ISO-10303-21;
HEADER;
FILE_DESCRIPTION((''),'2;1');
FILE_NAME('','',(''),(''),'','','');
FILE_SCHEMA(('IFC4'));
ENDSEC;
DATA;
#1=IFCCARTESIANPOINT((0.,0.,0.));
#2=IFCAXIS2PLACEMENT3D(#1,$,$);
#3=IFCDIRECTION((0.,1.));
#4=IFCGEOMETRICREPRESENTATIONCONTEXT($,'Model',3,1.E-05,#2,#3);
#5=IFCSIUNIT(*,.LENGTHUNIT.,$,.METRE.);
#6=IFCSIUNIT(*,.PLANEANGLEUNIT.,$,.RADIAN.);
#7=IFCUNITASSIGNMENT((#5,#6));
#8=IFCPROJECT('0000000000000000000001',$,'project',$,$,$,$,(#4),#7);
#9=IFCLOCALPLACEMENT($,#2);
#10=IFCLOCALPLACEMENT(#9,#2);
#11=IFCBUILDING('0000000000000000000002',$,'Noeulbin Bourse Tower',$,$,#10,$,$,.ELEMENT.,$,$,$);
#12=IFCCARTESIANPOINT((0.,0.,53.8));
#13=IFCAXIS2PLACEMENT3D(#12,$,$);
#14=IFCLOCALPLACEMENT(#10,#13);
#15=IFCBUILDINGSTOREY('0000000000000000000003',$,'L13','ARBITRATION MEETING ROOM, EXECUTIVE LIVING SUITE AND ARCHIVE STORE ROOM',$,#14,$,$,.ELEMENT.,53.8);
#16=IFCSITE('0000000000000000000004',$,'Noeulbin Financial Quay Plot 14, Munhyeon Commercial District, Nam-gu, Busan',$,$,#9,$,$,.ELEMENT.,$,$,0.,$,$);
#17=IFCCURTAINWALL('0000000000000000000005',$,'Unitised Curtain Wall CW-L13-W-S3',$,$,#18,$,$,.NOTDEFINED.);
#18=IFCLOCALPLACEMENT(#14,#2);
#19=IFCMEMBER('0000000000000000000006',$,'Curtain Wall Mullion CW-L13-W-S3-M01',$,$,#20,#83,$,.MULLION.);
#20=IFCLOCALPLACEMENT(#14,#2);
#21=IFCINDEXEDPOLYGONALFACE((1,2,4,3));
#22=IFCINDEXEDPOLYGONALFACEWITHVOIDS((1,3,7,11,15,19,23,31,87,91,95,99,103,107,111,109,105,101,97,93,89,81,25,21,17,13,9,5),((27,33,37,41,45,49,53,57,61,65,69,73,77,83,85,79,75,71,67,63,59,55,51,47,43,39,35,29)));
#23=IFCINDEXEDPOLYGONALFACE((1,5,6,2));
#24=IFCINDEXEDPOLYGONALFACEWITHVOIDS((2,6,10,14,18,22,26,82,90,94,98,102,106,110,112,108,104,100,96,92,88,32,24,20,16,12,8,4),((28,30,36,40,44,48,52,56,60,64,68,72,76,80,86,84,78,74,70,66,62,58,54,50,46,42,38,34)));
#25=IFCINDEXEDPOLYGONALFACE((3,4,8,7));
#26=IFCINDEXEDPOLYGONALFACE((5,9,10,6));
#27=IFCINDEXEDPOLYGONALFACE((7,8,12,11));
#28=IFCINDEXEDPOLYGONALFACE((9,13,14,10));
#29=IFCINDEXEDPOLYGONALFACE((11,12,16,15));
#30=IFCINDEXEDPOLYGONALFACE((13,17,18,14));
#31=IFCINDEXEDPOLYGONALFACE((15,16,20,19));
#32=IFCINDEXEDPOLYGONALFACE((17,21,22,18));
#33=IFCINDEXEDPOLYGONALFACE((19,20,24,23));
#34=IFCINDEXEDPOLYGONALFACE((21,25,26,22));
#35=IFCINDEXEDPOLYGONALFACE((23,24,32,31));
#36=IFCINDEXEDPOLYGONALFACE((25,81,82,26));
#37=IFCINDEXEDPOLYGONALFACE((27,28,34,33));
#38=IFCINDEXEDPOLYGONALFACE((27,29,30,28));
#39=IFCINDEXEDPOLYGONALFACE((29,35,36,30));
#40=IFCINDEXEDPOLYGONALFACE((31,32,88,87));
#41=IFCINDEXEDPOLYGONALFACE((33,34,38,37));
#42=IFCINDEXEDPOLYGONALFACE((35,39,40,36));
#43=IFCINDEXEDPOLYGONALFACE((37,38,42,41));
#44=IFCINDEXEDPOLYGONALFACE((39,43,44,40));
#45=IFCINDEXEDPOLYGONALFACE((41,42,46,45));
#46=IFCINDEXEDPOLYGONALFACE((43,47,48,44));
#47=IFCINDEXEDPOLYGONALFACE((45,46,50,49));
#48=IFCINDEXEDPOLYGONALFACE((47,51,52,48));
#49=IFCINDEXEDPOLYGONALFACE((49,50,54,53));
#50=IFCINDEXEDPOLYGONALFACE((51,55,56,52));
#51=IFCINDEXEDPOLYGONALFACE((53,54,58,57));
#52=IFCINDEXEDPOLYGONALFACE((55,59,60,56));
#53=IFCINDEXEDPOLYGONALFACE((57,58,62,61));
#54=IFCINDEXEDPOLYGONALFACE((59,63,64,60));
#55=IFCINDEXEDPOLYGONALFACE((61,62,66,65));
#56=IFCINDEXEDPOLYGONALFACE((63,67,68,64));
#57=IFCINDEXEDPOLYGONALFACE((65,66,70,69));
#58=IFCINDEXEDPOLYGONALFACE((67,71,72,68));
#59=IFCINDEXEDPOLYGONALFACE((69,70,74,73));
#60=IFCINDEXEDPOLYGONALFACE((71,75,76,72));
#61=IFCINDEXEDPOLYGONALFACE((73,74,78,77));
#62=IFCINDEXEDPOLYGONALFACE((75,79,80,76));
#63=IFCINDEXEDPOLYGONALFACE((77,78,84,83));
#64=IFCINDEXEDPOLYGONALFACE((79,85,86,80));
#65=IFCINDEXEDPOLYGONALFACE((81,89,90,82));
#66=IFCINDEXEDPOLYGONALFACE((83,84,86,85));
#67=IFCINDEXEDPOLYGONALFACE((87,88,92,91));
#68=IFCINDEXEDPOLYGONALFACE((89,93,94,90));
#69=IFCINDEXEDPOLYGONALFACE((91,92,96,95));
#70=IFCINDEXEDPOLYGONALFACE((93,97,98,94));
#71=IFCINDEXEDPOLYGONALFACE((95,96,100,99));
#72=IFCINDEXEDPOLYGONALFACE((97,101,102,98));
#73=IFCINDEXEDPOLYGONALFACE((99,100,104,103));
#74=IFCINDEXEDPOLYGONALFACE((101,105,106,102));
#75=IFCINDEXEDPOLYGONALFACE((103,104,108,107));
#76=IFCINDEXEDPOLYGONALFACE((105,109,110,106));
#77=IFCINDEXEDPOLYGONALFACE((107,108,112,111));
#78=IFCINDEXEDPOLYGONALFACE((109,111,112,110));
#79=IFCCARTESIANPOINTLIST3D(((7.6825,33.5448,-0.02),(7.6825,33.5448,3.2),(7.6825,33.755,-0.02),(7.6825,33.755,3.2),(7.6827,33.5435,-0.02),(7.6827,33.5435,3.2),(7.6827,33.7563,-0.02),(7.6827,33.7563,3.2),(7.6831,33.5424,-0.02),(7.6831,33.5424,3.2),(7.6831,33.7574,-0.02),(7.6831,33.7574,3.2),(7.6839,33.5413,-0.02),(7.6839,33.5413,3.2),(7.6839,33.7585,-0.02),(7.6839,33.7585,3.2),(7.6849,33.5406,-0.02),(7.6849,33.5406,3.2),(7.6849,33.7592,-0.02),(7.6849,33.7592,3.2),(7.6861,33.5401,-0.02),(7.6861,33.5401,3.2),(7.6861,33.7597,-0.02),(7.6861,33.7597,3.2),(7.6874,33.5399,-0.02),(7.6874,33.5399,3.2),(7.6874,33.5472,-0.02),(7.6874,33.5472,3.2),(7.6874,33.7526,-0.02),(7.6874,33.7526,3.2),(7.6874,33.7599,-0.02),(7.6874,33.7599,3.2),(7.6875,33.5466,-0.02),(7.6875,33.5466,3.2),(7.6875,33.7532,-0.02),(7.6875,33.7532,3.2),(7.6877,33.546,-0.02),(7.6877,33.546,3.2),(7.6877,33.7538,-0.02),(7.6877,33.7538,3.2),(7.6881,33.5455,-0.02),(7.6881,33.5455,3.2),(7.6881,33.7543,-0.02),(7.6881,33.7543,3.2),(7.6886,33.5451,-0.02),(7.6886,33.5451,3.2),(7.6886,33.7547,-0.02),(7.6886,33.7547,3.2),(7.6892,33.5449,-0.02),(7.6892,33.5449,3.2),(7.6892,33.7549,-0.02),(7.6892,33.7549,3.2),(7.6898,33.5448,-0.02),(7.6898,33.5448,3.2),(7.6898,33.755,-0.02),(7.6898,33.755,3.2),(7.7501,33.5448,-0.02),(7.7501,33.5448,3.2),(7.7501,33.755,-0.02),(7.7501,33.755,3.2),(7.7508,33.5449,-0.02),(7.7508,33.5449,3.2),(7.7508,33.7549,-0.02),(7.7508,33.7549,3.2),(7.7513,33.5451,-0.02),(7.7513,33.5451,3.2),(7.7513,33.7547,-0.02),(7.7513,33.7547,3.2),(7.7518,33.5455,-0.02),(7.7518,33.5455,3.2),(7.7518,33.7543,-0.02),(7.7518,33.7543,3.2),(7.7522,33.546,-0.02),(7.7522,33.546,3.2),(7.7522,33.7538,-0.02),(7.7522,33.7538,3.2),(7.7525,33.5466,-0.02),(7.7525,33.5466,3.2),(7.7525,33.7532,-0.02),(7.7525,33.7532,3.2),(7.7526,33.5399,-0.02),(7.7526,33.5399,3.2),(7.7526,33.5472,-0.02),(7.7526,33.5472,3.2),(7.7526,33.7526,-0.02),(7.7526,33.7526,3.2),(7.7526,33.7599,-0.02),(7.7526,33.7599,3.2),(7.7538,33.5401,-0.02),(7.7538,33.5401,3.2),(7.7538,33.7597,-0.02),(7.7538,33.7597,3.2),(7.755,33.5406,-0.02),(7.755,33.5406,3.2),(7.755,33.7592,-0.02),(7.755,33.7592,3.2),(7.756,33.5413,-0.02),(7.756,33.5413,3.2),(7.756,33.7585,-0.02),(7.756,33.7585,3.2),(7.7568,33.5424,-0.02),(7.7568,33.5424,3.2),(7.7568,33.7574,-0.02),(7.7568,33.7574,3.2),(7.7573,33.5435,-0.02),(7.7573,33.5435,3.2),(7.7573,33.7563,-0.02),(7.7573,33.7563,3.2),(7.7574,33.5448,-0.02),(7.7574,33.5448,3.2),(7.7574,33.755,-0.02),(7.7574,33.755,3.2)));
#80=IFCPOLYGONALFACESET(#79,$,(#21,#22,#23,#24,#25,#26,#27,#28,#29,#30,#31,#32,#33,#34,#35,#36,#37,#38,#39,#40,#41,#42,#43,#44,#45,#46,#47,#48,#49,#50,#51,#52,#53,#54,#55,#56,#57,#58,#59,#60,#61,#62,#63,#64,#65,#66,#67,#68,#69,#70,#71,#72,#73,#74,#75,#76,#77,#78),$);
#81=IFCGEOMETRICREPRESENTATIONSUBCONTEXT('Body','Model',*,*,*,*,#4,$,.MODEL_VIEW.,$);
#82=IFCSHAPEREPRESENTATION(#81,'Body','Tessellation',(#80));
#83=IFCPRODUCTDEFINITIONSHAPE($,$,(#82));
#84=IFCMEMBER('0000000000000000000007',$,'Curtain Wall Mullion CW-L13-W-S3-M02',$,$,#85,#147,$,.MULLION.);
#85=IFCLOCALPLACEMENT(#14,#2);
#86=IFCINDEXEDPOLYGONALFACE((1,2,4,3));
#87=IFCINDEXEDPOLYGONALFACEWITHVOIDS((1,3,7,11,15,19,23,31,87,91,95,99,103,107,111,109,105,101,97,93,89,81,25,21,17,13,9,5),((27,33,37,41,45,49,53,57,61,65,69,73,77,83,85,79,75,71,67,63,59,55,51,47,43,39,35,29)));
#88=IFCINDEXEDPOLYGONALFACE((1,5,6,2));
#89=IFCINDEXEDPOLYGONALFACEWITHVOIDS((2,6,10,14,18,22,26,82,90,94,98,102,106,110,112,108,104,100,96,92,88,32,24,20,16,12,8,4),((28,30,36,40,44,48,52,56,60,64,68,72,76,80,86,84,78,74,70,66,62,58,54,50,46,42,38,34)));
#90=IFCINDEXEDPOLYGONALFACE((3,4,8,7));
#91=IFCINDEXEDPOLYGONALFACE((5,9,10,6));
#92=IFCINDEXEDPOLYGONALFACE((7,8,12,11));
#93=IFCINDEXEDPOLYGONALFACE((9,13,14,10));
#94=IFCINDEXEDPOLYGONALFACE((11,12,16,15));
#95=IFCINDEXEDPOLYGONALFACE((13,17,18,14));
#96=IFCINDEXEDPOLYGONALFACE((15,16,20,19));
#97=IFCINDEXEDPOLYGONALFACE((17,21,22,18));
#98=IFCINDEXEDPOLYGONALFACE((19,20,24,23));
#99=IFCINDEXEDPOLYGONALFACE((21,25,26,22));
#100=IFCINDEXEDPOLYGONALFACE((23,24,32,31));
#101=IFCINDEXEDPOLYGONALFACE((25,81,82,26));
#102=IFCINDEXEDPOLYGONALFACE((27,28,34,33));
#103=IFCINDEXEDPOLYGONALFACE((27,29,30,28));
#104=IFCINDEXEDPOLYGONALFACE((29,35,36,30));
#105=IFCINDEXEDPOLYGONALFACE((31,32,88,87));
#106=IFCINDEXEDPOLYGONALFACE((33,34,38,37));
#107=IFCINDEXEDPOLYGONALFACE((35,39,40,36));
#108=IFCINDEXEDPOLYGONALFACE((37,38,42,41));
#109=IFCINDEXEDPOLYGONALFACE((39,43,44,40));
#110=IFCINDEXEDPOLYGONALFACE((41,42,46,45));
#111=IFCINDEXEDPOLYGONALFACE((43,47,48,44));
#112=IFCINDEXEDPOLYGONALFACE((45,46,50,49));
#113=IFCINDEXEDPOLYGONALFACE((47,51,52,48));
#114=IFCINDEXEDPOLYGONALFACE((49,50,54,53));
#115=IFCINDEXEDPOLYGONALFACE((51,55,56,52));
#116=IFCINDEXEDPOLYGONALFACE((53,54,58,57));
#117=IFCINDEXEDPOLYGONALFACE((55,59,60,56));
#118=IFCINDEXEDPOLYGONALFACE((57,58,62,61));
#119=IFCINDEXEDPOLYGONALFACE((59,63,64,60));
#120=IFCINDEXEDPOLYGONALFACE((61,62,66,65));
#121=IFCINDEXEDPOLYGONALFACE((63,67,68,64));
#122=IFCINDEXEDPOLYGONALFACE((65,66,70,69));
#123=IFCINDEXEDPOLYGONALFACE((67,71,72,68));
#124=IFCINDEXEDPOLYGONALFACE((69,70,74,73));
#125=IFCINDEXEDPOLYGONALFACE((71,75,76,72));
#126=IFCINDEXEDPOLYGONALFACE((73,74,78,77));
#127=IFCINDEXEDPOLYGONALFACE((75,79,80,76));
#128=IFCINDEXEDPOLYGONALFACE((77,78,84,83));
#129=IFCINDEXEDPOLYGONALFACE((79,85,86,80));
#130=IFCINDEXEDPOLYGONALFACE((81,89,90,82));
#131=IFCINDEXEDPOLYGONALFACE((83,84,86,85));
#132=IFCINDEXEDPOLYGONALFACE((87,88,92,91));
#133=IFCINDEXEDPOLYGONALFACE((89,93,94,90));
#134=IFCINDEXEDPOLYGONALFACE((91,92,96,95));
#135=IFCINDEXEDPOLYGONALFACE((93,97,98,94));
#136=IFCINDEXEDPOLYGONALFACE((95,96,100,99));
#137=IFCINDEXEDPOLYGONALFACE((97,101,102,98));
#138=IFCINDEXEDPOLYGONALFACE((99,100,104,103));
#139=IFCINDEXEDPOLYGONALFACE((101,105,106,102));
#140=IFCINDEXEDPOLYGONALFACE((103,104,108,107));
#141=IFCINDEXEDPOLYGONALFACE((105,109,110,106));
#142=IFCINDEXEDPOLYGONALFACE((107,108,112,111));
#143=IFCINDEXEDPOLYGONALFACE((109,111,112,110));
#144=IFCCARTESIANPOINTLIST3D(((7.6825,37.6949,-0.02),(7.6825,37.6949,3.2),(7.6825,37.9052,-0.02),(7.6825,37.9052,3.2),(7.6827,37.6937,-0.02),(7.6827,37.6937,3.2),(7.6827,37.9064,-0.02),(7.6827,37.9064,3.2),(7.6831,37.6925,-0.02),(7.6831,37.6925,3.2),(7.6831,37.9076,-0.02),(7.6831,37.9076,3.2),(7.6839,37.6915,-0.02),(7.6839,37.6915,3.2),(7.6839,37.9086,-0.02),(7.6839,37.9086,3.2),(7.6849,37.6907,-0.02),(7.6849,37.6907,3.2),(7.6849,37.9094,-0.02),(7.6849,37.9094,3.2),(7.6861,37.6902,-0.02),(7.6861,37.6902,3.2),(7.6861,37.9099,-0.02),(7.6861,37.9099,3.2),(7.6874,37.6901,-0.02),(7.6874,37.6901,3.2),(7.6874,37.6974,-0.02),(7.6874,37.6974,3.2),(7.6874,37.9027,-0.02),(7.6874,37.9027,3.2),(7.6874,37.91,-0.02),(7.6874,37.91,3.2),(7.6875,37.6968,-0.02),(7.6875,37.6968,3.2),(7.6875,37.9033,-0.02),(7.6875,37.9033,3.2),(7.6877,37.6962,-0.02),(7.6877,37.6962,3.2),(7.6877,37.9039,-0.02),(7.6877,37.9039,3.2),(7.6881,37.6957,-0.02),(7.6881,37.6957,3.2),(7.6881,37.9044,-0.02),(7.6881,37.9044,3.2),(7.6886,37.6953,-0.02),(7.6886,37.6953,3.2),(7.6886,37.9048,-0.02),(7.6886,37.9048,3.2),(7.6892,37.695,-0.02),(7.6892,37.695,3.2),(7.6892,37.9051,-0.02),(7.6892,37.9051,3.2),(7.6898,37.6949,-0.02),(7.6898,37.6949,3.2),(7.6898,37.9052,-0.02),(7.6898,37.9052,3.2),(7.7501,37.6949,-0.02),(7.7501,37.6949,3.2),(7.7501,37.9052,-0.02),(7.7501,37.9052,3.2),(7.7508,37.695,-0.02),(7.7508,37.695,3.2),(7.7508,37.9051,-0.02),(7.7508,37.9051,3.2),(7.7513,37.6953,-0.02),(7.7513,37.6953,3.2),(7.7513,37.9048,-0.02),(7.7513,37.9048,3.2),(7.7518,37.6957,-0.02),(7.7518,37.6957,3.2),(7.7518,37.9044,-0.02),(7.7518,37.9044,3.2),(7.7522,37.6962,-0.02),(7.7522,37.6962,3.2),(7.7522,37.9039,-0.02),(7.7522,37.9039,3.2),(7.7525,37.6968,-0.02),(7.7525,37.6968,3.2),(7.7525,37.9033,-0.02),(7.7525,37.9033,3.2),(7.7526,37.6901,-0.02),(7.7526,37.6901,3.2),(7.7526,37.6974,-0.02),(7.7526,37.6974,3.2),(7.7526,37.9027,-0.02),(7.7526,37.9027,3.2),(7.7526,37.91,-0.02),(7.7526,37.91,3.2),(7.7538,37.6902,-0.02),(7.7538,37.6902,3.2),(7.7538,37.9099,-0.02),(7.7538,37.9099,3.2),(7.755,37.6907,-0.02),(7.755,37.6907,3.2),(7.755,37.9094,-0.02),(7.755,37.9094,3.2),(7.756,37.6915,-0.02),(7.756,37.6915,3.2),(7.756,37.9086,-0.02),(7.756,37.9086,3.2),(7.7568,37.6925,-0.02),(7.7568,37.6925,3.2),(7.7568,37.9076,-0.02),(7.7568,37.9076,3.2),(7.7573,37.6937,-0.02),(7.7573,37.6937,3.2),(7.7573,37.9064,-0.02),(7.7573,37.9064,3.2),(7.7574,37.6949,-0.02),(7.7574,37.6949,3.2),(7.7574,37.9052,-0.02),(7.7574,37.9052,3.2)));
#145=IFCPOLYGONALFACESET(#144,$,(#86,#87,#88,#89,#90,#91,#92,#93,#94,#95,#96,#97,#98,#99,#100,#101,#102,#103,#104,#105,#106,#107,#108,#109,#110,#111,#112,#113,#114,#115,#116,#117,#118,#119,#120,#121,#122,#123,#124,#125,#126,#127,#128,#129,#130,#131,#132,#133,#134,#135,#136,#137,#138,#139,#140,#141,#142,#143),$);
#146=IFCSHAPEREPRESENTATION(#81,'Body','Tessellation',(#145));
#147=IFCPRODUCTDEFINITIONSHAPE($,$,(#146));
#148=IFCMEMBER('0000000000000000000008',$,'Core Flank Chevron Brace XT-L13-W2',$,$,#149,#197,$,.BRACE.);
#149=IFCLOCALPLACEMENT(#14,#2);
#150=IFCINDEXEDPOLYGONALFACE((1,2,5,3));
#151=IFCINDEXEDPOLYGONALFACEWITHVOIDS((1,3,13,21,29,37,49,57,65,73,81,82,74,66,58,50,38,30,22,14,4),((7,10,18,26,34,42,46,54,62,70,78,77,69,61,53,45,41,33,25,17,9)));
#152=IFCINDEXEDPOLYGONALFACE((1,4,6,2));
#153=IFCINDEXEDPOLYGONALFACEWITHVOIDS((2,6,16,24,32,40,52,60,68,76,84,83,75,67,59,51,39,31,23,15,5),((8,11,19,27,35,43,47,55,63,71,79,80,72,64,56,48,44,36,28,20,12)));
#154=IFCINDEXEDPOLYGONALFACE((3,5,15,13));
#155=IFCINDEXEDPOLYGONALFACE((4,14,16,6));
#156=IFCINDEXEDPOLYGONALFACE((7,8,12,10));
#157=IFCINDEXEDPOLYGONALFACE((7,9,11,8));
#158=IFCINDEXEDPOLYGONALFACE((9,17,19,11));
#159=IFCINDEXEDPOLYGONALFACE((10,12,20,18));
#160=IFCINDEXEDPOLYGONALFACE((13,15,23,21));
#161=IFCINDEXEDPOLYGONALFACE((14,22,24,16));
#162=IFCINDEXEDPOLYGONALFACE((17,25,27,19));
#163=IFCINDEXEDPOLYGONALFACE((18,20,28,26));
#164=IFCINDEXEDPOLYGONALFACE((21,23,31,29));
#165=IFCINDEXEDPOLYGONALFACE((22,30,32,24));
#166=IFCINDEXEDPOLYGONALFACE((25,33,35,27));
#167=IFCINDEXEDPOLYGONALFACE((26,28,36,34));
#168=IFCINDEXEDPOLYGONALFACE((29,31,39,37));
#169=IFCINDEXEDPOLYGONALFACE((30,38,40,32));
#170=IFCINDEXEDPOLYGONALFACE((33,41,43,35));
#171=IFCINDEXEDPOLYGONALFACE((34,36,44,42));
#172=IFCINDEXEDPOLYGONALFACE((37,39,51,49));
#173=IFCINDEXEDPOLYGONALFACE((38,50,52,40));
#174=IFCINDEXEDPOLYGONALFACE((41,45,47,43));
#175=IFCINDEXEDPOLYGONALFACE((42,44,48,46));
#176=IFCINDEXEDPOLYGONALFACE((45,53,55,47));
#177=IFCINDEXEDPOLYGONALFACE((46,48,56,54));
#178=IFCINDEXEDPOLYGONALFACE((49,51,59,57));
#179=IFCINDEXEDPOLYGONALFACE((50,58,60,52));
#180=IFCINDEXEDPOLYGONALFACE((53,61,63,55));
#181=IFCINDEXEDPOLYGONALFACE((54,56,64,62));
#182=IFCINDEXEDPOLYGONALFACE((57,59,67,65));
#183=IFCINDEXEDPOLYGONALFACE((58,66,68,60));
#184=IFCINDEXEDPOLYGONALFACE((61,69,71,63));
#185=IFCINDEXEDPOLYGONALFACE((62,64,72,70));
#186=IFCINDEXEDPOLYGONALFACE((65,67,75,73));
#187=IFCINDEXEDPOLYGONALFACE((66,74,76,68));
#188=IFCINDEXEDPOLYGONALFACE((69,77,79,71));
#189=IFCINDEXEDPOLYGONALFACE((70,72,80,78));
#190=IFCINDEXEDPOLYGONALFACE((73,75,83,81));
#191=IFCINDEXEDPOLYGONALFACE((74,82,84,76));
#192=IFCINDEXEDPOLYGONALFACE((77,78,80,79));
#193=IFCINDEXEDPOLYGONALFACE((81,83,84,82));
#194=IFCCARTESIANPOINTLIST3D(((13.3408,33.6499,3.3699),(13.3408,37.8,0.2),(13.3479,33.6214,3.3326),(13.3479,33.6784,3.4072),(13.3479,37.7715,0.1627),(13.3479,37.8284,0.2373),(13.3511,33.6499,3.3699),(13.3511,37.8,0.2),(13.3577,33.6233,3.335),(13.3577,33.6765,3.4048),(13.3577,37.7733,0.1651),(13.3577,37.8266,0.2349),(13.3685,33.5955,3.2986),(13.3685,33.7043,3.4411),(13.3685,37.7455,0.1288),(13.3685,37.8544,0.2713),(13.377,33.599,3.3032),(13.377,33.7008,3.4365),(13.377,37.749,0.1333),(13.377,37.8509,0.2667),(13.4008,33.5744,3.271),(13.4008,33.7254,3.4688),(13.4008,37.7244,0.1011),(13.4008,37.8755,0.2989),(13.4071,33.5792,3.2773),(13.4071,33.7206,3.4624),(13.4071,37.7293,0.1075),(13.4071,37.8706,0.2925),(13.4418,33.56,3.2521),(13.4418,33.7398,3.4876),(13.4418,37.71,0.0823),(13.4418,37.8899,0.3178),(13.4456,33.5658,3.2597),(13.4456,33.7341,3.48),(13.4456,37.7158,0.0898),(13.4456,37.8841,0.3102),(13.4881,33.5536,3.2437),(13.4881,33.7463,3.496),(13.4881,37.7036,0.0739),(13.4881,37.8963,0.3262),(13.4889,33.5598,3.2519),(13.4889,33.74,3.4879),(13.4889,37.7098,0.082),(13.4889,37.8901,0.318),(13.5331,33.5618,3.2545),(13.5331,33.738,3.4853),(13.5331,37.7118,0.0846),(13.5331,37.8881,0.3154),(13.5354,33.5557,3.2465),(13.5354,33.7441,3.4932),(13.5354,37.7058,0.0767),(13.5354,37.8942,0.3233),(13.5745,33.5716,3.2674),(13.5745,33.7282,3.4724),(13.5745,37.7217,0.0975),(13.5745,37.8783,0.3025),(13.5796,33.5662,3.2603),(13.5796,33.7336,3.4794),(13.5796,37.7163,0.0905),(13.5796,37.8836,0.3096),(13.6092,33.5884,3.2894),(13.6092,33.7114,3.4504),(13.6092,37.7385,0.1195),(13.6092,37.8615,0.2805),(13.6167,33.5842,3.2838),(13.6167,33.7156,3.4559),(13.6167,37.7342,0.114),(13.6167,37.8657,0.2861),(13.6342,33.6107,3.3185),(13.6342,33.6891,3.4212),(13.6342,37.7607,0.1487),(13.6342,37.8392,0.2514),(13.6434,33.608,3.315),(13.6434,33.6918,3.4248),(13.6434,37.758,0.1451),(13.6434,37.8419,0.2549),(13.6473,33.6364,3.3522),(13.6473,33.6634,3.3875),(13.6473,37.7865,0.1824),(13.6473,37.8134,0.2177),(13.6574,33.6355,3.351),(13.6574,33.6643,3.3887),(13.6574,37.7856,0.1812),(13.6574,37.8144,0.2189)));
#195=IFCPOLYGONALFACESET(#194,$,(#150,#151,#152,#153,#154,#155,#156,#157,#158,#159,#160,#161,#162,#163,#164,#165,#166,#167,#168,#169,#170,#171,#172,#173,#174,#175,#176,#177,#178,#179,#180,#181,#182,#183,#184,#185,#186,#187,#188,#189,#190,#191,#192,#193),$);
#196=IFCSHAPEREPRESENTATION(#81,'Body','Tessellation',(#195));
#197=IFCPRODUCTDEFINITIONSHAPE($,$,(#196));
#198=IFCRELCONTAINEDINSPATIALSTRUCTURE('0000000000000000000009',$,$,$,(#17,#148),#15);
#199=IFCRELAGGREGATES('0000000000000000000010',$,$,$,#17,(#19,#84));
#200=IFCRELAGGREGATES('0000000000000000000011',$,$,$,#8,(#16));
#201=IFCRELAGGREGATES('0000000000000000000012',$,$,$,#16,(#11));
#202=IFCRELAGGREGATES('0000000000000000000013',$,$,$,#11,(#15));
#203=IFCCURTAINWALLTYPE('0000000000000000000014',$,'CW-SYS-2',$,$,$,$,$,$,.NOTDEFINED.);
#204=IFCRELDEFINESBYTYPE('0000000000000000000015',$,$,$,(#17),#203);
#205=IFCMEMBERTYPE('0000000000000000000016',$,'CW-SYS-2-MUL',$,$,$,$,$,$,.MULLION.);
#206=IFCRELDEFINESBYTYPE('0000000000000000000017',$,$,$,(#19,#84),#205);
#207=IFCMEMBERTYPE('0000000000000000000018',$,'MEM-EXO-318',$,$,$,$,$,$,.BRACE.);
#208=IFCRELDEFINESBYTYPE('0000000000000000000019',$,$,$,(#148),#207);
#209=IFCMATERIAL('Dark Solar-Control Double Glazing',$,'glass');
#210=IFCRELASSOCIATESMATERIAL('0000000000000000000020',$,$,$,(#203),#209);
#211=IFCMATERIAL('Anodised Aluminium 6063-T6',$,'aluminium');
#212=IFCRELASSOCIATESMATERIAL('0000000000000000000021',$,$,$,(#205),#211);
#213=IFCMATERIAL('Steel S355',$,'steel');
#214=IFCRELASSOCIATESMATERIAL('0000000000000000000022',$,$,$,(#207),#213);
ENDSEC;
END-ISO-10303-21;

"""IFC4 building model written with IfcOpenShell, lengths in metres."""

from ifc_helpers import new_model, si_unit, direction, frame, origin, origin_2d, place, context, subcontext, project, spatial, hollow_rectangle, hollow_circle, extrude, material, material_profile, profile_set, type_object, element, aggregate, save


model = new_model("IFC4")

# Units and contexts
model_context = context("Model", 3, precision=1e-05, world=origin(), true_north=direction((0.0, 1.0)))
body_context = subcontext(model_context, "Body", "Model", "MODEL_VIEW")
ifc_project = project(units=[si_unit("LENGTHUNIT", "METRE"), si_unit("PLANEANGLEUNIT", "RADIAN")], contexts=[model_context])

# Site, building, storey
site_placement = place(None, origin())
site = spatial("IfcSite", under=ifc_project, at=site_placement, Name="Noeulbin Financial Quay Plot 14, Munhyeon Commercial District, Nam-gu, Busan", CompositionType="ELEMENT", RefElevation=0.0)
building_placement = place(site_placement, origin())
building = spatial("IfcBuilding", under=site, at=building_placement, Name="Noeulbin Bourse Tower", CompositionType="ELEMENT")
storey_placement = place(building_placement, frame((0.0, 0.0, 53.8)))
storey = spatial("IfcBuildingStorey", under=building, at=storey_placement, Name="L13", Description="ARBITRATION MEETING ROOM, EXECUTIVE LIVING SUITE AND ARCHIVE STORE ROOM", CompositionType="ELEMENT", Elevation=53.8)

# Shared definitions
ifc_material_1 = material(Name="Steel S355", Category="steel")

# Curtain wall, members
ifc_material_2 = material(Name="Dark Solar-Control Double Glazing", Category="glass")
curtain_wall_type = type_object("IfcCurtainWallType", Name="CW-SYS-2", PredefinedType="NOTDEFINED", material=ifc_material_2)
curtain_wall_placement = place(storey_placement, origin())
curtain_wall = element("IfcCurtainWall", 1, at=curtain_wall_placement, inside=storey, type_object=curtain_wall_type, Name="Unitised Curtain Wall CW-L13-W-S3", PredefinedType="NOTDEFINED")
ifc_material_3 = material(Name="Anodised Aluminium 6063-T6", Category="aluminium")
ifc_material_profile_1 = material_profile(ifc_material_3, hollow_rectangle(XDim=0.075, YDim=0.22, WallThickness=0.0049, InnerFilletRadius=0.0024, OuterFilletRadius=0.0049, at=origin_2d()), Name="ALU-MULL-75x220x5", Category="LoadBearing")
ifc_profile_set_1 = profile_set([ifc_material_profile_1], Name="Anodised Aluminium 6063-T6")
member_type_1 = type_object("IfcMemberType", Name="CW-SYS-2-MUL", PredefinedType="MULLION", material=ifc_profile_set_1)
member_1_placement = place(storey_placement, frame((7.72, 33.6499, -0.02), z_axis=(0.0, 0.0, 1.0), x_axis=(1.0, 0.0, 0.0)))
member_1 = element("IfcMember", 2, at=member_1_placement, type_object=member_type_1, Name="Curtain Wall Mullion CW-L13-W-S3-M01", PredefinedType="MULLION", context=body_context, shape_type="SweptSolid", body=[
    extrude(hollow_rectangle(XDim=0.075, YDim=0.22, WallThickness=0.0049, InnerFilletRadius=0.0024, OuterFilletRadius=0.0049, at=origin_2d()), origin(), (0.0, 0.0, 1.0), 3.22),
])
member_2_placement = place(storey_placement, frame((7.72, 37.8, -0.02), z_axis=(0.0, 0.0, 1.0), x_axis=(1.0, 0.0, 0.0)))
member_2 = element("IfcMember", 3, at=member_2_placement, type_object=member_type_1, Name="Curtain Wall Mullion CW-L13-W-S3-M02", PredefinedType="MULLION", context=body_context, shape_type="SweptSolid", body=[
    extrude(hollow_rectangle(XDim=0.075, YDim=0.22, WallThickness=0.0049, InnerFilletRadius=0.0024, OuterFilletRadius=0.0049, at=origin_2d()), origin(), (0.0, 0.0, 1.0), 3.22),
])

# Member
ifc_material_profile_2 = material_profile(ifc_material_1, hollow_circle(Radius=0.1592, WallThickness=0.0103, at=origin_2d()), Name="CHS-318.5x10.3", Category="LoadBearing")
ifc_profile_set_2 = profile_set([ifc_material_profile_2], Name="Steel S355")
member_type_2 = type_object("IfcMemberType", Name="MEM-EXO-318", PredefinedType="BRACE", material=ifc_profile_set_2)
member_3_placement = place(storey_placement, frame((13.5, 33.6499, 3.3699), z_axis=(0.0, 0.794701, -0.607001), x_axis=(-1.0, 0.0, 0.0)))
element("IfcMember", 4, at=member_3_placement, inside=storey, type_object=member_type_2, Name="Core Flank Chevron Brace XT-L13-W2", PredefinedType="BRACE", context=body_context, shape_type="SweptSolid", body=[
    extrude(hollow_circle(Radius=0.1592, WallThickness=0.0103, at=origin_2d()), origin(), (0.0, 0.0, 1.0), 5.2222),
])

aggregate(curtain_wall, [member_1, member_2])

save(model, "model.ifc")
